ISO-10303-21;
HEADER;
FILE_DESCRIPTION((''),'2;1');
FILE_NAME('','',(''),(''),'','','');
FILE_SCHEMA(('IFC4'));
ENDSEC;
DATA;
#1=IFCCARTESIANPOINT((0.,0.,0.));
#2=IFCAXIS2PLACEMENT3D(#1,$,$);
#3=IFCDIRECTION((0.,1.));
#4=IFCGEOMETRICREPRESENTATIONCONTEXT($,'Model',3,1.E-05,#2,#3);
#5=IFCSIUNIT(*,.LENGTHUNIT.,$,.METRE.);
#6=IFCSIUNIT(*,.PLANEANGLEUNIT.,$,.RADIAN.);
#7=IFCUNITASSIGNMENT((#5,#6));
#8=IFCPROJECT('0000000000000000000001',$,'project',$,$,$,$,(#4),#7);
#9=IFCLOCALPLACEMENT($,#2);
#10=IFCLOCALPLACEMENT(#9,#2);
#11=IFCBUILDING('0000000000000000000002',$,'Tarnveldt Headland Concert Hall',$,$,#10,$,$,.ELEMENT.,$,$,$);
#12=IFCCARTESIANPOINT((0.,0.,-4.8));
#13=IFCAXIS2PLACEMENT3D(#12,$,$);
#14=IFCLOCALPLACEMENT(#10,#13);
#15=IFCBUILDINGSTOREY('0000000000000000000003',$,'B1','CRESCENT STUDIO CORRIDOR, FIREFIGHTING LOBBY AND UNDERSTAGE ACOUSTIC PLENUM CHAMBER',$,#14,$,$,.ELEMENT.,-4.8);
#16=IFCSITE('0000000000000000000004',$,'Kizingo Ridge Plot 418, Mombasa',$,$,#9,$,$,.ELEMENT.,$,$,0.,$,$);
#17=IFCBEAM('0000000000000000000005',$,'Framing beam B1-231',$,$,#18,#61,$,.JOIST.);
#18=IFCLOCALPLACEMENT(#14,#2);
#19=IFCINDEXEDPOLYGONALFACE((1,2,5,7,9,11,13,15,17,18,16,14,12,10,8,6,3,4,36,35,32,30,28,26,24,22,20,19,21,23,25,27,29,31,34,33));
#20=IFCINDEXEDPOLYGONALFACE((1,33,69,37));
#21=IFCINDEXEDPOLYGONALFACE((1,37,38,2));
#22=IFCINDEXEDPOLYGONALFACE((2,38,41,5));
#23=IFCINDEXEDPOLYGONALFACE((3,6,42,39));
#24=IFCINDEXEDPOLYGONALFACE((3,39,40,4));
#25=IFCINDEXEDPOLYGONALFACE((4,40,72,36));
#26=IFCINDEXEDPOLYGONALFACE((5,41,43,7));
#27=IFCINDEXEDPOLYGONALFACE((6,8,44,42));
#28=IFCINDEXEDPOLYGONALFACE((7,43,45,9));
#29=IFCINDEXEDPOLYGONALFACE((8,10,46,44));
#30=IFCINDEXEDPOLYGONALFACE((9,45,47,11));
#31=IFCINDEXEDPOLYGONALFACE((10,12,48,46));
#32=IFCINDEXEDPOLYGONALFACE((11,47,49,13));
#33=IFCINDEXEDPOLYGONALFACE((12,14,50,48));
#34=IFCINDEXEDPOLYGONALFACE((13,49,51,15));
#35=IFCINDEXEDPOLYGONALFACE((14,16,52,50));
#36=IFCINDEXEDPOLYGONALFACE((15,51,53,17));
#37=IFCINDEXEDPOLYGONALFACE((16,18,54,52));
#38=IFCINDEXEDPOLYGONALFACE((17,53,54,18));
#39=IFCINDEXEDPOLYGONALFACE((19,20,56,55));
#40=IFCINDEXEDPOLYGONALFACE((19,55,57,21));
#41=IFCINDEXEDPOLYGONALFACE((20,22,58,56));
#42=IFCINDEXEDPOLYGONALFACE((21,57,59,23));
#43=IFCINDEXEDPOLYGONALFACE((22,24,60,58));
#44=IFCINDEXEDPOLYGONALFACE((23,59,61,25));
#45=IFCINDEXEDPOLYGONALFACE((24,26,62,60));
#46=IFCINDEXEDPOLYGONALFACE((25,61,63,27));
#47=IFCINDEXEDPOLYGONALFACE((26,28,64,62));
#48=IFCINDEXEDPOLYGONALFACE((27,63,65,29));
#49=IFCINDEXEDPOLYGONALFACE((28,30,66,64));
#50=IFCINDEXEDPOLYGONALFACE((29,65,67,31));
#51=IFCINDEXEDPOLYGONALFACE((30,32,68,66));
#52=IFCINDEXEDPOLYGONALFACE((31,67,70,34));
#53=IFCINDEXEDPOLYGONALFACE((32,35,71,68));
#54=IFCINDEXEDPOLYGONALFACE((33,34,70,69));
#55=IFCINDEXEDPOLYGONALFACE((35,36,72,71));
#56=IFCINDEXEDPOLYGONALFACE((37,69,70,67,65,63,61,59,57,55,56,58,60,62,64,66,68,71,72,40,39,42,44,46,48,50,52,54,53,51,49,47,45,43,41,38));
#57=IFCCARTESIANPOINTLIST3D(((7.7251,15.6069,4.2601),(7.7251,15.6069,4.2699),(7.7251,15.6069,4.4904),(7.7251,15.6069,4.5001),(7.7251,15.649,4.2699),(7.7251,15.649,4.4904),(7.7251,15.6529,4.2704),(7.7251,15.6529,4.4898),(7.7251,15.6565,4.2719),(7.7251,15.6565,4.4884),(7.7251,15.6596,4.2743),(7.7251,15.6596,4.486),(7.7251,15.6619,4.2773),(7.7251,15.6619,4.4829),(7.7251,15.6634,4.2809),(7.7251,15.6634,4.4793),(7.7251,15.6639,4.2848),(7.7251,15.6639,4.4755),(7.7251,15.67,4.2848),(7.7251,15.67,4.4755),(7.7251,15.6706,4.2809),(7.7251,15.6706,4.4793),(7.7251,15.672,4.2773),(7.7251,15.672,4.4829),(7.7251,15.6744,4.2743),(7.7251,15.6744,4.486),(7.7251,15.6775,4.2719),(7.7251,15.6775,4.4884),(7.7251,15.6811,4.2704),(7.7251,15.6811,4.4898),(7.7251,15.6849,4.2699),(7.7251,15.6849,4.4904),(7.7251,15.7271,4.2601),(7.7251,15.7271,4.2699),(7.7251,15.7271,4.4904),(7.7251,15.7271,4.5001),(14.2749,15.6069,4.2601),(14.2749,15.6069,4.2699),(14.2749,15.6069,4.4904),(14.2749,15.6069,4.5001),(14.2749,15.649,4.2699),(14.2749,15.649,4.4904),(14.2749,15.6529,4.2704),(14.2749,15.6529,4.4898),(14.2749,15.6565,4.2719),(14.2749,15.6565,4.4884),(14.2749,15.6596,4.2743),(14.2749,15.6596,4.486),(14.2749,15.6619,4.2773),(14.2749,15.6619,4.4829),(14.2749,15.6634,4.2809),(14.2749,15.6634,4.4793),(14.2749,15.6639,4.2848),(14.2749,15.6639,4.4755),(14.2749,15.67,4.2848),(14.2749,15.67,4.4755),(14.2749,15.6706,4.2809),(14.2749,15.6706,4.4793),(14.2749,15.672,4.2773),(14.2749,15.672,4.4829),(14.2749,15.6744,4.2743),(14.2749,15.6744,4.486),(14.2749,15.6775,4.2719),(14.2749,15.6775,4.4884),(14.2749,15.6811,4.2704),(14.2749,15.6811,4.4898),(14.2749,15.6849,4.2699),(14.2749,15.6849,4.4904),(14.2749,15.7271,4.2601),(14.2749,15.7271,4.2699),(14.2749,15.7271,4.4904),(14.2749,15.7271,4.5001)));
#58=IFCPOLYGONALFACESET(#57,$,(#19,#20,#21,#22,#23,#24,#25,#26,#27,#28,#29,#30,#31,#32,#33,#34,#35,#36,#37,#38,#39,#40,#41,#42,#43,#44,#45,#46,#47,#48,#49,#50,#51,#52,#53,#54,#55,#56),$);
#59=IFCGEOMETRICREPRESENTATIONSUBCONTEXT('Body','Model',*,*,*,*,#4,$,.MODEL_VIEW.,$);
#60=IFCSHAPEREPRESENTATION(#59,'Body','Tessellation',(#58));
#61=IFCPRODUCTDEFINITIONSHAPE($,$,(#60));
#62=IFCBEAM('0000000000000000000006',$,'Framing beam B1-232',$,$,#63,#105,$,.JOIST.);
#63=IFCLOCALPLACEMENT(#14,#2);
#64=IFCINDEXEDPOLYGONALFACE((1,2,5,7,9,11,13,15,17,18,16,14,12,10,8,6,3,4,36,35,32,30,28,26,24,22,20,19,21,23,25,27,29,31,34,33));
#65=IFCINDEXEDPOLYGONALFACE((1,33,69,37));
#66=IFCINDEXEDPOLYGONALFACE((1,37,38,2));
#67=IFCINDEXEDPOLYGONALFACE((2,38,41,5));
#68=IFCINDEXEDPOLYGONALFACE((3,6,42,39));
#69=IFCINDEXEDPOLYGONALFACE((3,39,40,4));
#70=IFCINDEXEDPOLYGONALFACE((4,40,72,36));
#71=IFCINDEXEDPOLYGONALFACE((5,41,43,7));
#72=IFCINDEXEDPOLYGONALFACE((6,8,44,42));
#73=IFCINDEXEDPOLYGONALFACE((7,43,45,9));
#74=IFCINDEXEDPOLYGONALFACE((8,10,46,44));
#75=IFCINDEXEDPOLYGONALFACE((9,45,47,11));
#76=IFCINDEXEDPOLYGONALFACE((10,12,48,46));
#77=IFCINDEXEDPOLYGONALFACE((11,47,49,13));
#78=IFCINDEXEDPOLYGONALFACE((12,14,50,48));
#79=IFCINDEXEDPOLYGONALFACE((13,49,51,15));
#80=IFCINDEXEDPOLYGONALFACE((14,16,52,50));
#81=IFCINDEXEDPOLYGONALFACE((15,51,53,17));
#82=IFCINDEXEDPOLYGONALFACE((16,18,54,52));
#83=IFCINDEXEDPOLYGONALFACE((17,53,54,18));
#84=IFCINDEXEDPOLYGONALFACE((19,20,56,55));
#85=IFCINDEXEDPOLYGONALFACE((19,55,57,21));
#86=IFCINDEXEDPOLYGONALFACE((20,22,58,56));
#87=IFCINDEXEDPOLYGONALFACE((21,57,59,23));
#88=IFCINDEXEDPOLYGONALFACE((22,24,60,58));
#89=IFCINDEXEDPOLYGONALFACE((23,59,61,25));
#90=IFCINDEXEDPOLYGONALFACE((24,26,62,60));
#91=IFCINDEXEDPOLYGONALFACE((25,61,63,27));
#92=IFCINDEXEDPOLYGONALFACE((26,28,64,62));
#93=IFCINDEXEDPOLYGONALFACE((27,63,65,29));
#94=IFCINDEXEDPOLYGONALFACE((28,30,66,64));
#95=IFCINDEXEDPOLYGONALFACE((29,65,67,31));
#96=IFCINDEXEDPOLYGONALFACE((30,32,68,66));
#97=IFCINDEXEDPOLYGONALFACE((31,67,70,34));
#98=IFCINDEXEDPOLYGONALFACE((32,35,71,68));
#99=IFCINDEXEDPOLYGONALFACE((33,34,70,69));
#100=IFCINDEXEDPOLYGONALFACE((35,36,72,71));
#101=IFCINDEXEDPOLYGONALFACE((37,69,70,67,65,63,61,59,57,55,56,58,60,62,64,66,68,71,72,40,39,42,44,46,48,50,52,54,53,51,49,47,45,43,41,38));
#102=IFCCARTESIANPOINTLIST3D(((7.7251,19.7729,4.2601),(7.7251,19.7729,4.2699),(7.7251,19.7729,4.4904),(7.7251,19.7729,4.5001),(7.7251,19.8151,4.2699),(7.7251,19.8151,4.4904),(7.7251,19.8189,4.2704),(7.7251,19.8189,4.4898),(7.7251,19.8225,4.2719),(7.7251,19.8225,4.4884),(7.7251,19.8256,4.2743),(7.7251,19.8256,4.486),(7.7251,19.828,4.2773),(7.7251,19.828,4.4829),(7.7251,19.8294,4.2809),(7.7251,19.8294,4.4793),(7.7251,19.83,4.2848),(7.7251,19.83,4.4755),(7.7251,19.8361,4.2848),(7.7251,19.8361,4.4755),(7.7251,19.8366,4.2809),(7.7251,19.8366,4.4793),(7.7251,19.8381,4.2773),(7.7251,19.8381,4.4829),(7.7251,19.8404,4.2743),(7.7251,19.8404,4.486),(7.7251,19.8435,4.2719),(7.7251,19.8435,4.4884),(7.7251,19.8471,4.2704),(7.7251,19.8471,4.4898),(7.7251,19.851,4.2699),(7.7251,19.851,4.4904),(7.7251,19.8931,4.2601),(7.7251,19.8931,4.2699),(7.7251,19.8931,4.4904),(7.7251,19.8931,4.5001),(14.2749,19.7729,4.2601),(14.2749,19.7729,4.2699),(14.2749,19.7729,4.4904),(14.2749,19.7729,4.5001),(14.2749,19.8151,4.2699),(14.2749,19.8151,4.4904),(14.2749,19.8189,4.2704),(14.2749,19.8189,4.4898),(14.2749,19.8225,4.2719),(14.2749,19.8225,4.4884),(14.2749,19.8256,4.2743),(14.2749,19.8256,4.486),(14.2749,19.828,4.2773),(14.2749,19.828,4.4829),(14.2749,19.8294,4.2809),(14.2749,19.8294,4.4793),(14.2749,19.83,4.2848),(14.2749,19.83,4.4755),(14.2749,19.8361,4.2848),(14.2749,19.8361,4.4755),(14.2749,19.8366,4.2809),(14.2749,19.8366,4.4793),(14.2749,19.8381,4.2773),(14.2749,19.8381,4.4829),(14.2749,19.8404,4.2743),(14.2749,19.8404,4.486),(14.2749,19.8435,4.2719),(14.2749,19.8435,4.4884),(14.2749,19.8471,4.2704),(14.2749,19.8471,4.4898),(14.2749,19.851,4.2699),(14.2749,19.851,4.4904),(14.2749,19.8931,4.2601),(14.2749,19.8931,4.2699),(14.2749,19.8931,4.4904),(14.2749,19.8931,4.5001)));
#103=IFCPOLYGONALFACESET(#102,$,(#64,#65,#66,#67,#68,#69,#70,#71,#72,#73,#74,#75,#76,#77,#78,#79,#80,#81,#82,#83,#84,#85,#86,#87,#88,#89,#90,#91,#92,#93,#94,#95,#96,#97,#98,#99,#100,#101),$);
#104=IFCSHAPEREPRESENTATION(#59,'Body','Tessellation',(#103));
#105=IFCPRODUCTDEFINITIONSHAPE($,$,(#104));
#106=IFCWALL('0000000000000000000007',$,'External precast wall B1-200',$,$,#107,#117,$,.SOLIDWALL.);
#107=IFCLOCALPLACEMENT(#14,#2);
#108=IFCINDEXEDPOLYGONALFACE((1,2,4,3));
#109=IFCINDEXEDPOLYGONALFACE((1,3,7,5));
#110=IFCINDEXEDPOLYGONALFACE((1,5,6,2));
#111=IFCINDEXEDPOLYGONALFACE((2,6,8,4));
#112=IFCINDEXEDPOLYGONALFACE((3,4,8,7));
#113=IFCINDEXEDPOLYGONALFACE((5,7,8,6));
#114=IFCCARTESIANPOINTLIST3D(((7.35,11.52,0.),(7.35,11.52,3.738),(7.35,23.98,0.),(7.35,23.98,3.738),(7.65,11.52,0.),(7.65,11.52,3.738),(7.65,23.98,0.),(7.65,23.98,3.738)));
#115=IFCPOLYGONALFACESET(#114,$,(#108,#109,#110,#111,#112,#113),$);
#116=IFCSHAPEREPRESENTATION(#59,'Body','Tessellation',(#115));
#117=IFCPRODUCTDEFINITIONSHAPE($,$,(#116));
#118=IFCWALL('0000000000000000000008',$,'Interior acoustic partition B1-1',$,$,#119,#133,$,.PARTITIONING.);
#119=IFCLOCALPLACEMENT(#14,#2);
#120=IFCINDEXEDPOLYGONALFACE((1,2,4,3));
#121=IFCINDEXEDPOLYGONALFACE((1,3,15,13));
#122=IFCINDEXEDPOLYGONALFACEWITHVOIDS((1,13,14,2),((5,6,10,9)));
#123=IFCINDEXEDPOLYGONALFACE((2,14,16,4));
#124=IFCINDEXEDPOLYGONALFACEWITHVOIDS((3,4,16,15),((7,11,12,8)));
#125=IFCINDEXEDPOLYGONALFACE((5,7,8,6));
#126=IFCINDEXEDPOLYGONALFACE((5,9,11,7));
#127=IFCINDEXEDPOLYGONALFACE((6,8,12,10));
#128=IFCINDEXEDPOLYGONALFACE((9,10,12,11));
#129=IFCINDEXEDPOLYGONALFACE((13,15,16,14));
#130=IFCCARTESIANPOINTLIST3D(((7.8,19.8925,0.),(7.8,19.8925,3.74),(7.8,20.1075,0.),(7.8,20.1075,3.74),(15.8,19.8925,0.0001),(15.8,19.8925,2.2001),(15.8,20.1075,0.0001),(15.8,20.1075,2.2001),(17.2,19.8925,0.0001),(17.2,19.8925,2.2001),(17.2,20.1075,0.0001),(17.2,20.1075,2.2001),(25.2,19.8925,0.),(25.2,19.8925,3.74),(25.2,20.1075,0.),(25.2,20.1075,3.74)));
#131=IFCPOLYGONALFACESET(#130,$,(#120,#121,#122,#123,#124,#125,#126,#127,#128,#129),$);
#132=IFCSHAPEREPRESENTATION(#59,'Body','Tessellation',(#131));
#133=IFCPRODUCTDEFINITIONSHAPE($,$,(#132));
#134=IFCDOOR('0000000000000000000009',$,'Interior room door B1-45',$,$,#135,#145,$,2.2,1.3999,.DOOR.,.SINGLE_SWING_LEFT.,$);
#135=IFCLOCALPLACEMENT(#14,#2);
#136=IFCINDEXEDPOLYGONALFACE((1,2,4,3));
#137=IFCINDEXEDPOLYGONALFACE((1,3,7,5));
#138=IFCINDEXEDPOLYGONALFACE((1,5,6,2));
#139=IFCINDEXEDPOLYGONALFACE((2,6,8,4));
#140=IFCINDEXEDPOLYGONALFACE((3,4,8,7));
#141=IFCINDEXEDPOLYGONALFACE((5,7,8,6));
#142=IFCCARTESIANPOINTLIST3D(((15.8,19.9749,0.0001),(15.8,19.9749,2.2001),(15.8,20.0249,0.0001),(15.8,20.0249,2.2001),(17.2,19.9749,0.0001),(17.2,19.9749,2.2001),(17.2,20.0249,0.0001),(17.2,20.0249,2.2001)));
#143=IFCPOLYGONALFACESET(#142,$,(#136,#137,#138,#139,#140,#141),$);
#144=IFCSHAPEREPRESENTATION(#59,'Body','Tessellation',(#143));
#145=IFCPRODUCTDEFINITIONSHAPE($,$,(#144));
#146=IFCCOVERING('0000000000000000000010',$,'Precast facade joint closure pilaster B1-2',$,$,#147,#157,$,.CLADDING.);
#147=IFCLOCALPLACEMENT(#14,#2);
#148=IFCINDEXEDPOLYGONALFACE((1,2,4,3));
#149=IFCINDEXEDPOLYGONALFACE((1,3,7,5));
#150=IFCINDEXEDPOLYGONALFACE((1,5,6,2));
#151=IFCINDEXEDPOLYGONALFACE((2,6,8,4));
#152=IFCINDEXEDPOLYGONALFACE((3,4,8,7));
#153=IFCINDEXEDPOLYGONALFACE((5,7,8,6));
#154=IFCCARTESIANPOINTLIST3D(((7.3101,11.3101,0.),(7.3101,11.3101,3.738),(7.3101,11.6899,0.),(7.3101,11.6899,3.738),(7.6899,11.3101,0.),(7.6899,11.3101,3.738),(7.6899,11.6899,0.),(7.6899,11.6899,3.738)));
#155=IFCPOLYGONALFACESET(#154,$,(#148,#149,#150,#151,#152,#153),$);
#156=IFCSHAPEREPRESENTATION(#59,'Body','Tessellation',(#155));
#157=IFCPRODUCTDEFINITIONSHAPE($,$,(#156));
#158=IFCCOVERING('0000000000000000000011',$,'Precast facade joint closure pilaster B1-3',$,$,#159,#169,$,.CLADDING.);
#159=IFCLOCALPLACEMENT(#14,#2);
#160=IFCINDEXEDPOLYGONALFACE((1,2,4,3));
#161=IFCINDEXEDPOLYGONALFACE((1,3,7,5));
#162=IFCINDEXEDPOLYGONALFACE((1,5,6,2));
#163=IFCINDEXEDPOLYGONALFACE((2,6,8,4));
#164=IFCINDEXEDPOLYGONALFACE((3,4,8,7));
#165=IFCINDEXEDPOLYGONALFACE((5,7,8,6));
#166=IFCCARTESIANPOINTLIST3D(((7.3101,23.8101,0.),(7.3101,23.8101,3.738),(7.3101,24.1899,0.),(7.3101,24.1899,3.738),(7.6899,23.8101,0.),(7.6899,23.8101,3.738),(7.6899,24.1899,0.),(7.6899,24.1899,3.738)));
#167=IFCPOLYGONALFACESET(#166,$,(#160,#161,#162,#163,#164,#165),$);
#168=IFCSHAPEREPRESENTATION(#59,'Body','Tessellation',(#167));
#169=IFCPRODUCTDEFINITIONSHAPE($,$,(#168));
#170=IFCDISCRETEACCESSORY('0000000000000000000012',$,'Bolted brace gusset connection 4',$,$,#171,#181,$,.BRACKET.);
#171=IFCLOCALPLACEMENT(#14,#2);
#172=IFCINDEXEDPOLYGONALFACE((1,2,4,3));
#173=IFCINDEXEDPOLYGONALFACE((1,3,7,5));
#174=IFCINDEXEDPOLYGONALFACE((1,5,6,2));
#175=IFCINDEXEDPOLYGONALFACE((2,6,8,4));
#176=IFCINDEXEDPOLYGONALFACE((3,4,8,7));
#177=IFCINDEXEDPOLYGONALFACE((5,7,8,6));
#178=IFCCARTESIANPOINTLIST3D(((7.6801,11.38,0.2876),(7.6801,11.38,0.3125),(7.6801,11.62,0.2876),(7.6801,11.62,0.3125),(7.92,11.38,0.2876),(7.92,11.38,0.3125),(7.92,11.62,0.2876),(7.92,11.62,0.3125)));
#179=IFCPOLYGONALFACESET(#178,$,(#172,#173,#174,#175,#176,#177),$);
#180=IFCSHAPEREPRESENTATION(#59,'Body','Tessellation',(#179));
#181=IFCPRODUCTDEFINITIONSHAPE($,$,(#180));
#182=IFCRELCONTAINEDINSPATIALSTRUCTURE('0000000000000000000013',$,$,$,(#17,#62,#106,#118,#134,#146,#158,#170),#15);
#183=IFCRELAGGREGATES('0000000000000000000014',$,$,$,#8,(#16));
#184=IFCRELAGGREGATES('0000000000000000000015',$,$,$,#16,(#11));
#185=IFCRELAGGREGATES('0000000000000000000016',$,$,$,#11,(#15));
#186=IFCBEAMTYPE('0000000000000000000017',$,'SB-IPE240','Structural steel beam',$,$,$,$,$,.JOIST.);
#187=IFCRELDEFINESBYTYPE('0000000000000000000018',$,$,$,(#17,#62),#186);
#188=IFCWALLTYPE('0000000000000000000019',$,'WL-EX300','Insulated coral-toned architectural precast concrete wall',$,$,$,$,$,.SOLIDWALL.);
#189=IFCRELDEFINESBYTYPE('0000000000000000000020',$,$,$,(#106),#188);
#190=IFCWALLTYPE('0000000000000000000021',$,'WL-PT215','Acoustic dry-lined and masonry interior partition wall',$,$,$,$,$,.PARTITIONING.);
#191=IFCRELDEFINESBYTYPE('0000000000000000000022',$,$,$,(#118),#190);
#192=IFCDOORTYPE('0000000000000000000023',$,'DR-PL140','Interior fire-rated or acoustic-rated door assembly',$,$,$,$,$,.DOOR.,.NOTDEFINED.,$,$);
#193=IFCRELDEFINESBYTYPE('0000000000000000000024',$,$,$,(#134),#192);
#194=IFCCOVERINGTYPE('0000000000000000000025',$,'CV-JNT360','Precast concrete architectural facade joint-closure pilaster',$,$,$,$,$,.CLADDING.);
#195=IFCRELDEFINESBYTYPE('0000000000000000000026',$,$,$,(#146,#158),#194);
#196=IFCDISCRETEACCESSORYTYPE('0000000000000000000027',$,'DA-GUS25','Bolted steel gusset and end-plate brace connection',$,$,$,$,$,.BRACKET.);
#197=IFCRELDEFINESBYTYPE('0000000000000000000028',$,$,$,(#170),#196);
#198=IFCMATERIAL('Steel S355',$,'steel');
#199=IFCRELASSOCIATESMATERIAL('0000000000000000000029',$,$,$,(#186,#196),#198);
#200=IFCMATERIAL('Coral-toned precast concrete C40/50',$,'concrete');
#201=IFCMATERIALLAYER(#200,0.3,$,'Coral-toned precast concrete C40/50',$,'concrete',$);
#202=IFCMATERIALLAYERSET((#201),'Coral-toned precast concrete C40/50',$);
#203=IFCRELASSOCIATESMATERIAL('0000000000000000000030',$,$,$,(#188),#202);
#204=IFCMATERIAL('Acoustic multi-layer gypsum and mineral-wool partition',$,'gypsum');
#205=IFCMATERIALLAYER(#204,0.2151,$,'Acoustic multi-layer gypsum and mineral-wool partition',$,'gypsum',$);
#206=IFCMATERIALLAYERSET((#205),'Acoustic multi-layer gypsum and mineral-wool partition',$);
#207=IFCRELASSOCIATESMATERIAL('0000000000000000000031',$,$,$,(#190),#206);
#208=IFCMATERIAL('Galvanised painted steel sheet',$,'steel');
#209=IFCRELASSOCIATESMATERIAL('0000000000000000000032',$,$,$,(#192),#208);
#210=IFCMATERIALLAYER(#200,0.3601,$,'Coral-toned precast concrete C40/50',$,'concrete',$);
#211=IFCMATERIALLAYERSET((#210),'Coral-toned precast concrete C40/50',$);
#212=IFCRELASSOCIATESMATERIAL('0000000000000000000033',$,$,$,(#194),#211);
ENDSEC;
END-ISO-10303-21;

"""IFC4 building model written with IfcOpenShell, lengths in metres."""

from ifc_helpers import new_model, si_unit, direction, frame, frame_2d, origin, origin_2d, place, context, subcontext, project, spatial, rectangle, i_section, extrude, material, layer, layer_set, material_profile, profile_set, type_object, element, fill, save


model = new_model("IFC4")

# Units and contexts
model_context = context("Model", 3, precision=1e-05, world=origin(), true_north=direction((0.0, 1.0)))
body_context = subcontext(model_context, "Body", "Model", "MODEL_VIEW")
ifc_project = project(units=[si_unit("LENGTHUNIT", "METRE"), si_unit("PLANEANGLEUNIT", "RADIAN")], contexts=[model_context])

# Site, building, storey
site_placement = place(None, origin())
site = spatial("IfcSite", under=ifc_project, at=site_placement, Name="Kizingo Ridge Plot 418, Mombasa", CompositionType="ELEMENT", RefElevation=0.0)
building_placement = place(site_placement, origin())
building = spatial("IfcBuilding", under=site, at=building_placement, Name="Tarnveldt Headland Concert Hall", CompositionType="ELEMENT")
storey_placement = place(building_placement, frame((0.0, 0.0, -4.8)))
storey = spatial("IfcBuildingStorey", under=building, at=storey_placement, Name="B1", Description="CRESCENT STUDIO CORRIDOR, FIREFIGHTING LOBBY AND UNDERSTAGE ACOUSTIC PLENUM CHAMBER", CompositionType="ELEMENT", Elevation=-4.8)

# Shared definitions
ifc_material_1 = material(Name="Steel S355", Category="steel")

# Beams
ifc_material_profile_1 = material_profile(ifc_material_1, i_section(OverallWidth=0.1201, OverallDepth=0.24, WebThickness=0.0061, FlangeThickness=0.0098, FilletRadius=0.0149, at=origin_2d()), Name="IPE240", Category="steel")
ifc_profile_set_1 = profile_set([ifc_material_profile_1], Name="Steel S355")
beam_type_1 = type_object("IfcBeamType", Name="SB-IPE240", Description="Structural steel beam", PredefinedType="JOIST", material=ifc_profile_set_1)
for number, where, z_axis, x_axis, name in (
    (1, (7.7251, 15.667, 4.3801), (1.0, 0.0, 0.0), (0.0, 1.0, 0.0), "Framing beam B1-231"),
    (2, (7.7251, 19.833, 4.3801), (1.0, 0.0, 0.0), (0.0, 1.0, 0.0), "Framing beam B1-232"),
):
    element("IfcBeam", number, at=place(storey_placement, frame(where, z_axis=z_axis, x_axis=x_axis)), inside=storey, type_object=beam_type_1, Name=name, PredefinedType="JOIST", context=body_context, shape_type="SweptSolid", body=[
        extrude(i_section(OverallWidth=0.1201, OverallDepth=0.24, WebThickness=0.0061, FlangeThickness=0.0098, FilletRadius=0.0149, at=origin_2d()), origin(), (0.0, 0.0, 1.0), 6.5498),
    ])

# Wall
ifc_material_2 = material(Name="Coral-toned precast concrete C40/50", Category="concrete")
ifc_layer_1 = layer(ifc_material_2, 0.3, Name="Coral-toned precast concrete C40/50", Category="concrete")
ifc_layer_set_1 = layer_set([ifc_layer_1], Name="Coral-toned precast concrete C40/50")
wall_type_1 = type_object("IfcWallType", Name="WL-EX300", Description="Insulated coral-toned architectural precast concrete wall", PredefinedType="SOLIDWALL", material=ifc_layer_set_1)
wall_1_placement = place(storey_placement, frame((7.5, 11.52, 0.0), z_axis=(0.0, 0.0, 1.0), x_axis=(0.0, 1.0, 0.0)))
element("IfcWall", 3, at=wall_1_placement, inside=storey, type_object=wall_type_1, Name="External precast wall B1-200", PredefinedType="SOLIDWALL", context=body_context, shape_type="SweptSolid", body=[
    extrude(rectangle(XDim=12.46, YDim=0.3, at=frame_2d((6.23, 0.0))), origin(), (0.0, 0.0, 1.0), 3.738),
])

# Wall, opening, door
ifc_material_3 = material(Name="Acoustic multi-layer gypsum and mineral-wool partition", Category="gypsum")
ifc_layer_2 = layer(ifc_material_3, 0.2151, Name="Acoustic multi-layer gypsum and mineral-wool partition", Category="gypsum")
ifc_layer_set_2 = layer_set([ifc_layer_2], Name="Acoustic multi-layer gypsum and mineral-wool partition")
wall_type_2 = type_object("IfcWallType", Name="WL-PT215", Description="Acoustic dry-lined and masonry interior partition wall", PredefinedType="PARTITIONING", material=ifc_layer_set_2)
wall_2_placement = place(storey_placement, frame((7.8, 20.0, 0.0), z_axis=(0.0, 0.0, 1.0), x_axis=(1.0, 0.0, 0.0)))
wall_2 = element("IfcWall", 4, at=wall_2_placement, inside=storey, type_object=wall_type_2, Name="Interior acoustic partition B1-1", PredefinedType="PARTITIONING", context=body_context, shape_type="SweptSolid", body=[
    extrude(rectangle(XDim=17.3999, YDim=0.2151, at=frame_2d((8.7, 0.0))), origin(), (0.0, 0.0, 1.0), 3.74),
])
opening_placement = place(wall_2_placement, frame((8.0, 0.0, 0.0)))
opening = element("IfcOpeningElement", 5, at=opening_placement, cuts=wall_2, PredefinedType="OPENING", context=body_context, shape_type="SweptSolid", body=[
    extrude(rectangle(XDim=1.3999, YDim=2.2, at=frame_2d((0.7, 1.1001))), frame((0.0, 0.1174, 0.0), z_axis=(0.0, -1.0, 0.0), x_axis=(1.0, 0.0, 0.0)), (0.0, 0.0, 1.0), 0.2351),
])
ifc_material_4 = material(Name="Galvanised painted steel sheet", Category="steel")
door_type = type_object("IfcDoorType", Name="DR-PL140", Description="Interior fire-rated or acoustic-rated door assembly", OperationType="NOTDEFINED", PredefinedType="DOOR", material=ifc_material_4)
door_placement = place(opening_placement, origin())
door = element("IfcDoor", 6, at=door_placement, inside=storey, type_object=door_type, Name="Interior room door B1-45", OperationType="SINGLE_SWING_LEFT", OverallHeight=2.2, OverallWidth=1.3999, PredefinedType="DOOR", context=body_context, shape_type="SweptSolid", body=[
    extrude(rectangle(XDim=1.3999, YDim=2.2, at=frame_2d((0.7, 1.1001))), frame((0.0, 0.0249, 0.0), z_axis=(0.0, -1.0, 0.0), x_axis=(1.0, 0.0, 0.0)), (0.0, 0.0, 1.0), 0.05),
])
fill(opening, door)

# Coverings
ifc_layer_3 = layer(ifc_material_2, 0.3601, Name="Coral-toned precast concrete C40/50", Category="concrete")
ifc_layer_set_3 = layer_set([ifc_layer_3], Name="Coral-toned precast concrete C40/50")
covering_type = type_object("IfcCoveringType", Name="CV-JNT360", Description="Precast concrete architectural facade joint-closure pilaster", PredefinedType="CLADDING", material=ifc_layer_set_3)
for number, where, z_axis, x_axis, name in (
    (7, (7.5, 11.5, 0.0), (0.0, 0.0, 1.0), (0.0, 1.0, 0.0), "Precast facade joint closure pilaster B1-2"),
    (8, (7.5, 24.0, 0.0), (0.0, 0.0, 1.0), (0.0, 1.0, 0.0), "Precast facade joint closure pilaster B1-3"),
):
    element("IfcCovering", number, at=place(storey_placement, frame(where, z_axis=z_axis, x_axis=x_axis)), inside=storey, type_object=covering_type, Name=name, PredefinedType="CLADDING", context=body_context, shape_type="SweptSolid", body=[
        extrude(rectangle(XDim=0.3799, YDim=0.3799, at=origin_2d()), origin(), (0.0, 0.0, 1.0), 3.738),
    ])

# Discrete accessory
discrete_accessory_type = type_object("IfcDiscreteAccessoryType", Name="DA-GUS25", Description="Bolted steel gusset and end-plate brace connection", PredefinedType="BRACKET", material=ifc_material_1)
discrete_accessory_placement = place(storey_placement, frame((7.8, 11.5, 0.2876), z_axis=(0.0, 0.0, 1.0), x_axis=(1.0, 0.0, 0.0)))
element("IfcDiscreteAccessory", 9, at=discrete_accessory_placement, inside=storey, type_object=discrete_accessory_type, Name="Bolted brace gusset connection 4", PredefinedType="BRACKET", context=body_context, shape_type="SweptSolid", body=[
    extrude(rectangle(XDim=0.24, YDim=0.24, at=origin_2d()), origin(), (0.0, 0.0, 1.0), 0.0249),
])

save(model, "model.ifc")
